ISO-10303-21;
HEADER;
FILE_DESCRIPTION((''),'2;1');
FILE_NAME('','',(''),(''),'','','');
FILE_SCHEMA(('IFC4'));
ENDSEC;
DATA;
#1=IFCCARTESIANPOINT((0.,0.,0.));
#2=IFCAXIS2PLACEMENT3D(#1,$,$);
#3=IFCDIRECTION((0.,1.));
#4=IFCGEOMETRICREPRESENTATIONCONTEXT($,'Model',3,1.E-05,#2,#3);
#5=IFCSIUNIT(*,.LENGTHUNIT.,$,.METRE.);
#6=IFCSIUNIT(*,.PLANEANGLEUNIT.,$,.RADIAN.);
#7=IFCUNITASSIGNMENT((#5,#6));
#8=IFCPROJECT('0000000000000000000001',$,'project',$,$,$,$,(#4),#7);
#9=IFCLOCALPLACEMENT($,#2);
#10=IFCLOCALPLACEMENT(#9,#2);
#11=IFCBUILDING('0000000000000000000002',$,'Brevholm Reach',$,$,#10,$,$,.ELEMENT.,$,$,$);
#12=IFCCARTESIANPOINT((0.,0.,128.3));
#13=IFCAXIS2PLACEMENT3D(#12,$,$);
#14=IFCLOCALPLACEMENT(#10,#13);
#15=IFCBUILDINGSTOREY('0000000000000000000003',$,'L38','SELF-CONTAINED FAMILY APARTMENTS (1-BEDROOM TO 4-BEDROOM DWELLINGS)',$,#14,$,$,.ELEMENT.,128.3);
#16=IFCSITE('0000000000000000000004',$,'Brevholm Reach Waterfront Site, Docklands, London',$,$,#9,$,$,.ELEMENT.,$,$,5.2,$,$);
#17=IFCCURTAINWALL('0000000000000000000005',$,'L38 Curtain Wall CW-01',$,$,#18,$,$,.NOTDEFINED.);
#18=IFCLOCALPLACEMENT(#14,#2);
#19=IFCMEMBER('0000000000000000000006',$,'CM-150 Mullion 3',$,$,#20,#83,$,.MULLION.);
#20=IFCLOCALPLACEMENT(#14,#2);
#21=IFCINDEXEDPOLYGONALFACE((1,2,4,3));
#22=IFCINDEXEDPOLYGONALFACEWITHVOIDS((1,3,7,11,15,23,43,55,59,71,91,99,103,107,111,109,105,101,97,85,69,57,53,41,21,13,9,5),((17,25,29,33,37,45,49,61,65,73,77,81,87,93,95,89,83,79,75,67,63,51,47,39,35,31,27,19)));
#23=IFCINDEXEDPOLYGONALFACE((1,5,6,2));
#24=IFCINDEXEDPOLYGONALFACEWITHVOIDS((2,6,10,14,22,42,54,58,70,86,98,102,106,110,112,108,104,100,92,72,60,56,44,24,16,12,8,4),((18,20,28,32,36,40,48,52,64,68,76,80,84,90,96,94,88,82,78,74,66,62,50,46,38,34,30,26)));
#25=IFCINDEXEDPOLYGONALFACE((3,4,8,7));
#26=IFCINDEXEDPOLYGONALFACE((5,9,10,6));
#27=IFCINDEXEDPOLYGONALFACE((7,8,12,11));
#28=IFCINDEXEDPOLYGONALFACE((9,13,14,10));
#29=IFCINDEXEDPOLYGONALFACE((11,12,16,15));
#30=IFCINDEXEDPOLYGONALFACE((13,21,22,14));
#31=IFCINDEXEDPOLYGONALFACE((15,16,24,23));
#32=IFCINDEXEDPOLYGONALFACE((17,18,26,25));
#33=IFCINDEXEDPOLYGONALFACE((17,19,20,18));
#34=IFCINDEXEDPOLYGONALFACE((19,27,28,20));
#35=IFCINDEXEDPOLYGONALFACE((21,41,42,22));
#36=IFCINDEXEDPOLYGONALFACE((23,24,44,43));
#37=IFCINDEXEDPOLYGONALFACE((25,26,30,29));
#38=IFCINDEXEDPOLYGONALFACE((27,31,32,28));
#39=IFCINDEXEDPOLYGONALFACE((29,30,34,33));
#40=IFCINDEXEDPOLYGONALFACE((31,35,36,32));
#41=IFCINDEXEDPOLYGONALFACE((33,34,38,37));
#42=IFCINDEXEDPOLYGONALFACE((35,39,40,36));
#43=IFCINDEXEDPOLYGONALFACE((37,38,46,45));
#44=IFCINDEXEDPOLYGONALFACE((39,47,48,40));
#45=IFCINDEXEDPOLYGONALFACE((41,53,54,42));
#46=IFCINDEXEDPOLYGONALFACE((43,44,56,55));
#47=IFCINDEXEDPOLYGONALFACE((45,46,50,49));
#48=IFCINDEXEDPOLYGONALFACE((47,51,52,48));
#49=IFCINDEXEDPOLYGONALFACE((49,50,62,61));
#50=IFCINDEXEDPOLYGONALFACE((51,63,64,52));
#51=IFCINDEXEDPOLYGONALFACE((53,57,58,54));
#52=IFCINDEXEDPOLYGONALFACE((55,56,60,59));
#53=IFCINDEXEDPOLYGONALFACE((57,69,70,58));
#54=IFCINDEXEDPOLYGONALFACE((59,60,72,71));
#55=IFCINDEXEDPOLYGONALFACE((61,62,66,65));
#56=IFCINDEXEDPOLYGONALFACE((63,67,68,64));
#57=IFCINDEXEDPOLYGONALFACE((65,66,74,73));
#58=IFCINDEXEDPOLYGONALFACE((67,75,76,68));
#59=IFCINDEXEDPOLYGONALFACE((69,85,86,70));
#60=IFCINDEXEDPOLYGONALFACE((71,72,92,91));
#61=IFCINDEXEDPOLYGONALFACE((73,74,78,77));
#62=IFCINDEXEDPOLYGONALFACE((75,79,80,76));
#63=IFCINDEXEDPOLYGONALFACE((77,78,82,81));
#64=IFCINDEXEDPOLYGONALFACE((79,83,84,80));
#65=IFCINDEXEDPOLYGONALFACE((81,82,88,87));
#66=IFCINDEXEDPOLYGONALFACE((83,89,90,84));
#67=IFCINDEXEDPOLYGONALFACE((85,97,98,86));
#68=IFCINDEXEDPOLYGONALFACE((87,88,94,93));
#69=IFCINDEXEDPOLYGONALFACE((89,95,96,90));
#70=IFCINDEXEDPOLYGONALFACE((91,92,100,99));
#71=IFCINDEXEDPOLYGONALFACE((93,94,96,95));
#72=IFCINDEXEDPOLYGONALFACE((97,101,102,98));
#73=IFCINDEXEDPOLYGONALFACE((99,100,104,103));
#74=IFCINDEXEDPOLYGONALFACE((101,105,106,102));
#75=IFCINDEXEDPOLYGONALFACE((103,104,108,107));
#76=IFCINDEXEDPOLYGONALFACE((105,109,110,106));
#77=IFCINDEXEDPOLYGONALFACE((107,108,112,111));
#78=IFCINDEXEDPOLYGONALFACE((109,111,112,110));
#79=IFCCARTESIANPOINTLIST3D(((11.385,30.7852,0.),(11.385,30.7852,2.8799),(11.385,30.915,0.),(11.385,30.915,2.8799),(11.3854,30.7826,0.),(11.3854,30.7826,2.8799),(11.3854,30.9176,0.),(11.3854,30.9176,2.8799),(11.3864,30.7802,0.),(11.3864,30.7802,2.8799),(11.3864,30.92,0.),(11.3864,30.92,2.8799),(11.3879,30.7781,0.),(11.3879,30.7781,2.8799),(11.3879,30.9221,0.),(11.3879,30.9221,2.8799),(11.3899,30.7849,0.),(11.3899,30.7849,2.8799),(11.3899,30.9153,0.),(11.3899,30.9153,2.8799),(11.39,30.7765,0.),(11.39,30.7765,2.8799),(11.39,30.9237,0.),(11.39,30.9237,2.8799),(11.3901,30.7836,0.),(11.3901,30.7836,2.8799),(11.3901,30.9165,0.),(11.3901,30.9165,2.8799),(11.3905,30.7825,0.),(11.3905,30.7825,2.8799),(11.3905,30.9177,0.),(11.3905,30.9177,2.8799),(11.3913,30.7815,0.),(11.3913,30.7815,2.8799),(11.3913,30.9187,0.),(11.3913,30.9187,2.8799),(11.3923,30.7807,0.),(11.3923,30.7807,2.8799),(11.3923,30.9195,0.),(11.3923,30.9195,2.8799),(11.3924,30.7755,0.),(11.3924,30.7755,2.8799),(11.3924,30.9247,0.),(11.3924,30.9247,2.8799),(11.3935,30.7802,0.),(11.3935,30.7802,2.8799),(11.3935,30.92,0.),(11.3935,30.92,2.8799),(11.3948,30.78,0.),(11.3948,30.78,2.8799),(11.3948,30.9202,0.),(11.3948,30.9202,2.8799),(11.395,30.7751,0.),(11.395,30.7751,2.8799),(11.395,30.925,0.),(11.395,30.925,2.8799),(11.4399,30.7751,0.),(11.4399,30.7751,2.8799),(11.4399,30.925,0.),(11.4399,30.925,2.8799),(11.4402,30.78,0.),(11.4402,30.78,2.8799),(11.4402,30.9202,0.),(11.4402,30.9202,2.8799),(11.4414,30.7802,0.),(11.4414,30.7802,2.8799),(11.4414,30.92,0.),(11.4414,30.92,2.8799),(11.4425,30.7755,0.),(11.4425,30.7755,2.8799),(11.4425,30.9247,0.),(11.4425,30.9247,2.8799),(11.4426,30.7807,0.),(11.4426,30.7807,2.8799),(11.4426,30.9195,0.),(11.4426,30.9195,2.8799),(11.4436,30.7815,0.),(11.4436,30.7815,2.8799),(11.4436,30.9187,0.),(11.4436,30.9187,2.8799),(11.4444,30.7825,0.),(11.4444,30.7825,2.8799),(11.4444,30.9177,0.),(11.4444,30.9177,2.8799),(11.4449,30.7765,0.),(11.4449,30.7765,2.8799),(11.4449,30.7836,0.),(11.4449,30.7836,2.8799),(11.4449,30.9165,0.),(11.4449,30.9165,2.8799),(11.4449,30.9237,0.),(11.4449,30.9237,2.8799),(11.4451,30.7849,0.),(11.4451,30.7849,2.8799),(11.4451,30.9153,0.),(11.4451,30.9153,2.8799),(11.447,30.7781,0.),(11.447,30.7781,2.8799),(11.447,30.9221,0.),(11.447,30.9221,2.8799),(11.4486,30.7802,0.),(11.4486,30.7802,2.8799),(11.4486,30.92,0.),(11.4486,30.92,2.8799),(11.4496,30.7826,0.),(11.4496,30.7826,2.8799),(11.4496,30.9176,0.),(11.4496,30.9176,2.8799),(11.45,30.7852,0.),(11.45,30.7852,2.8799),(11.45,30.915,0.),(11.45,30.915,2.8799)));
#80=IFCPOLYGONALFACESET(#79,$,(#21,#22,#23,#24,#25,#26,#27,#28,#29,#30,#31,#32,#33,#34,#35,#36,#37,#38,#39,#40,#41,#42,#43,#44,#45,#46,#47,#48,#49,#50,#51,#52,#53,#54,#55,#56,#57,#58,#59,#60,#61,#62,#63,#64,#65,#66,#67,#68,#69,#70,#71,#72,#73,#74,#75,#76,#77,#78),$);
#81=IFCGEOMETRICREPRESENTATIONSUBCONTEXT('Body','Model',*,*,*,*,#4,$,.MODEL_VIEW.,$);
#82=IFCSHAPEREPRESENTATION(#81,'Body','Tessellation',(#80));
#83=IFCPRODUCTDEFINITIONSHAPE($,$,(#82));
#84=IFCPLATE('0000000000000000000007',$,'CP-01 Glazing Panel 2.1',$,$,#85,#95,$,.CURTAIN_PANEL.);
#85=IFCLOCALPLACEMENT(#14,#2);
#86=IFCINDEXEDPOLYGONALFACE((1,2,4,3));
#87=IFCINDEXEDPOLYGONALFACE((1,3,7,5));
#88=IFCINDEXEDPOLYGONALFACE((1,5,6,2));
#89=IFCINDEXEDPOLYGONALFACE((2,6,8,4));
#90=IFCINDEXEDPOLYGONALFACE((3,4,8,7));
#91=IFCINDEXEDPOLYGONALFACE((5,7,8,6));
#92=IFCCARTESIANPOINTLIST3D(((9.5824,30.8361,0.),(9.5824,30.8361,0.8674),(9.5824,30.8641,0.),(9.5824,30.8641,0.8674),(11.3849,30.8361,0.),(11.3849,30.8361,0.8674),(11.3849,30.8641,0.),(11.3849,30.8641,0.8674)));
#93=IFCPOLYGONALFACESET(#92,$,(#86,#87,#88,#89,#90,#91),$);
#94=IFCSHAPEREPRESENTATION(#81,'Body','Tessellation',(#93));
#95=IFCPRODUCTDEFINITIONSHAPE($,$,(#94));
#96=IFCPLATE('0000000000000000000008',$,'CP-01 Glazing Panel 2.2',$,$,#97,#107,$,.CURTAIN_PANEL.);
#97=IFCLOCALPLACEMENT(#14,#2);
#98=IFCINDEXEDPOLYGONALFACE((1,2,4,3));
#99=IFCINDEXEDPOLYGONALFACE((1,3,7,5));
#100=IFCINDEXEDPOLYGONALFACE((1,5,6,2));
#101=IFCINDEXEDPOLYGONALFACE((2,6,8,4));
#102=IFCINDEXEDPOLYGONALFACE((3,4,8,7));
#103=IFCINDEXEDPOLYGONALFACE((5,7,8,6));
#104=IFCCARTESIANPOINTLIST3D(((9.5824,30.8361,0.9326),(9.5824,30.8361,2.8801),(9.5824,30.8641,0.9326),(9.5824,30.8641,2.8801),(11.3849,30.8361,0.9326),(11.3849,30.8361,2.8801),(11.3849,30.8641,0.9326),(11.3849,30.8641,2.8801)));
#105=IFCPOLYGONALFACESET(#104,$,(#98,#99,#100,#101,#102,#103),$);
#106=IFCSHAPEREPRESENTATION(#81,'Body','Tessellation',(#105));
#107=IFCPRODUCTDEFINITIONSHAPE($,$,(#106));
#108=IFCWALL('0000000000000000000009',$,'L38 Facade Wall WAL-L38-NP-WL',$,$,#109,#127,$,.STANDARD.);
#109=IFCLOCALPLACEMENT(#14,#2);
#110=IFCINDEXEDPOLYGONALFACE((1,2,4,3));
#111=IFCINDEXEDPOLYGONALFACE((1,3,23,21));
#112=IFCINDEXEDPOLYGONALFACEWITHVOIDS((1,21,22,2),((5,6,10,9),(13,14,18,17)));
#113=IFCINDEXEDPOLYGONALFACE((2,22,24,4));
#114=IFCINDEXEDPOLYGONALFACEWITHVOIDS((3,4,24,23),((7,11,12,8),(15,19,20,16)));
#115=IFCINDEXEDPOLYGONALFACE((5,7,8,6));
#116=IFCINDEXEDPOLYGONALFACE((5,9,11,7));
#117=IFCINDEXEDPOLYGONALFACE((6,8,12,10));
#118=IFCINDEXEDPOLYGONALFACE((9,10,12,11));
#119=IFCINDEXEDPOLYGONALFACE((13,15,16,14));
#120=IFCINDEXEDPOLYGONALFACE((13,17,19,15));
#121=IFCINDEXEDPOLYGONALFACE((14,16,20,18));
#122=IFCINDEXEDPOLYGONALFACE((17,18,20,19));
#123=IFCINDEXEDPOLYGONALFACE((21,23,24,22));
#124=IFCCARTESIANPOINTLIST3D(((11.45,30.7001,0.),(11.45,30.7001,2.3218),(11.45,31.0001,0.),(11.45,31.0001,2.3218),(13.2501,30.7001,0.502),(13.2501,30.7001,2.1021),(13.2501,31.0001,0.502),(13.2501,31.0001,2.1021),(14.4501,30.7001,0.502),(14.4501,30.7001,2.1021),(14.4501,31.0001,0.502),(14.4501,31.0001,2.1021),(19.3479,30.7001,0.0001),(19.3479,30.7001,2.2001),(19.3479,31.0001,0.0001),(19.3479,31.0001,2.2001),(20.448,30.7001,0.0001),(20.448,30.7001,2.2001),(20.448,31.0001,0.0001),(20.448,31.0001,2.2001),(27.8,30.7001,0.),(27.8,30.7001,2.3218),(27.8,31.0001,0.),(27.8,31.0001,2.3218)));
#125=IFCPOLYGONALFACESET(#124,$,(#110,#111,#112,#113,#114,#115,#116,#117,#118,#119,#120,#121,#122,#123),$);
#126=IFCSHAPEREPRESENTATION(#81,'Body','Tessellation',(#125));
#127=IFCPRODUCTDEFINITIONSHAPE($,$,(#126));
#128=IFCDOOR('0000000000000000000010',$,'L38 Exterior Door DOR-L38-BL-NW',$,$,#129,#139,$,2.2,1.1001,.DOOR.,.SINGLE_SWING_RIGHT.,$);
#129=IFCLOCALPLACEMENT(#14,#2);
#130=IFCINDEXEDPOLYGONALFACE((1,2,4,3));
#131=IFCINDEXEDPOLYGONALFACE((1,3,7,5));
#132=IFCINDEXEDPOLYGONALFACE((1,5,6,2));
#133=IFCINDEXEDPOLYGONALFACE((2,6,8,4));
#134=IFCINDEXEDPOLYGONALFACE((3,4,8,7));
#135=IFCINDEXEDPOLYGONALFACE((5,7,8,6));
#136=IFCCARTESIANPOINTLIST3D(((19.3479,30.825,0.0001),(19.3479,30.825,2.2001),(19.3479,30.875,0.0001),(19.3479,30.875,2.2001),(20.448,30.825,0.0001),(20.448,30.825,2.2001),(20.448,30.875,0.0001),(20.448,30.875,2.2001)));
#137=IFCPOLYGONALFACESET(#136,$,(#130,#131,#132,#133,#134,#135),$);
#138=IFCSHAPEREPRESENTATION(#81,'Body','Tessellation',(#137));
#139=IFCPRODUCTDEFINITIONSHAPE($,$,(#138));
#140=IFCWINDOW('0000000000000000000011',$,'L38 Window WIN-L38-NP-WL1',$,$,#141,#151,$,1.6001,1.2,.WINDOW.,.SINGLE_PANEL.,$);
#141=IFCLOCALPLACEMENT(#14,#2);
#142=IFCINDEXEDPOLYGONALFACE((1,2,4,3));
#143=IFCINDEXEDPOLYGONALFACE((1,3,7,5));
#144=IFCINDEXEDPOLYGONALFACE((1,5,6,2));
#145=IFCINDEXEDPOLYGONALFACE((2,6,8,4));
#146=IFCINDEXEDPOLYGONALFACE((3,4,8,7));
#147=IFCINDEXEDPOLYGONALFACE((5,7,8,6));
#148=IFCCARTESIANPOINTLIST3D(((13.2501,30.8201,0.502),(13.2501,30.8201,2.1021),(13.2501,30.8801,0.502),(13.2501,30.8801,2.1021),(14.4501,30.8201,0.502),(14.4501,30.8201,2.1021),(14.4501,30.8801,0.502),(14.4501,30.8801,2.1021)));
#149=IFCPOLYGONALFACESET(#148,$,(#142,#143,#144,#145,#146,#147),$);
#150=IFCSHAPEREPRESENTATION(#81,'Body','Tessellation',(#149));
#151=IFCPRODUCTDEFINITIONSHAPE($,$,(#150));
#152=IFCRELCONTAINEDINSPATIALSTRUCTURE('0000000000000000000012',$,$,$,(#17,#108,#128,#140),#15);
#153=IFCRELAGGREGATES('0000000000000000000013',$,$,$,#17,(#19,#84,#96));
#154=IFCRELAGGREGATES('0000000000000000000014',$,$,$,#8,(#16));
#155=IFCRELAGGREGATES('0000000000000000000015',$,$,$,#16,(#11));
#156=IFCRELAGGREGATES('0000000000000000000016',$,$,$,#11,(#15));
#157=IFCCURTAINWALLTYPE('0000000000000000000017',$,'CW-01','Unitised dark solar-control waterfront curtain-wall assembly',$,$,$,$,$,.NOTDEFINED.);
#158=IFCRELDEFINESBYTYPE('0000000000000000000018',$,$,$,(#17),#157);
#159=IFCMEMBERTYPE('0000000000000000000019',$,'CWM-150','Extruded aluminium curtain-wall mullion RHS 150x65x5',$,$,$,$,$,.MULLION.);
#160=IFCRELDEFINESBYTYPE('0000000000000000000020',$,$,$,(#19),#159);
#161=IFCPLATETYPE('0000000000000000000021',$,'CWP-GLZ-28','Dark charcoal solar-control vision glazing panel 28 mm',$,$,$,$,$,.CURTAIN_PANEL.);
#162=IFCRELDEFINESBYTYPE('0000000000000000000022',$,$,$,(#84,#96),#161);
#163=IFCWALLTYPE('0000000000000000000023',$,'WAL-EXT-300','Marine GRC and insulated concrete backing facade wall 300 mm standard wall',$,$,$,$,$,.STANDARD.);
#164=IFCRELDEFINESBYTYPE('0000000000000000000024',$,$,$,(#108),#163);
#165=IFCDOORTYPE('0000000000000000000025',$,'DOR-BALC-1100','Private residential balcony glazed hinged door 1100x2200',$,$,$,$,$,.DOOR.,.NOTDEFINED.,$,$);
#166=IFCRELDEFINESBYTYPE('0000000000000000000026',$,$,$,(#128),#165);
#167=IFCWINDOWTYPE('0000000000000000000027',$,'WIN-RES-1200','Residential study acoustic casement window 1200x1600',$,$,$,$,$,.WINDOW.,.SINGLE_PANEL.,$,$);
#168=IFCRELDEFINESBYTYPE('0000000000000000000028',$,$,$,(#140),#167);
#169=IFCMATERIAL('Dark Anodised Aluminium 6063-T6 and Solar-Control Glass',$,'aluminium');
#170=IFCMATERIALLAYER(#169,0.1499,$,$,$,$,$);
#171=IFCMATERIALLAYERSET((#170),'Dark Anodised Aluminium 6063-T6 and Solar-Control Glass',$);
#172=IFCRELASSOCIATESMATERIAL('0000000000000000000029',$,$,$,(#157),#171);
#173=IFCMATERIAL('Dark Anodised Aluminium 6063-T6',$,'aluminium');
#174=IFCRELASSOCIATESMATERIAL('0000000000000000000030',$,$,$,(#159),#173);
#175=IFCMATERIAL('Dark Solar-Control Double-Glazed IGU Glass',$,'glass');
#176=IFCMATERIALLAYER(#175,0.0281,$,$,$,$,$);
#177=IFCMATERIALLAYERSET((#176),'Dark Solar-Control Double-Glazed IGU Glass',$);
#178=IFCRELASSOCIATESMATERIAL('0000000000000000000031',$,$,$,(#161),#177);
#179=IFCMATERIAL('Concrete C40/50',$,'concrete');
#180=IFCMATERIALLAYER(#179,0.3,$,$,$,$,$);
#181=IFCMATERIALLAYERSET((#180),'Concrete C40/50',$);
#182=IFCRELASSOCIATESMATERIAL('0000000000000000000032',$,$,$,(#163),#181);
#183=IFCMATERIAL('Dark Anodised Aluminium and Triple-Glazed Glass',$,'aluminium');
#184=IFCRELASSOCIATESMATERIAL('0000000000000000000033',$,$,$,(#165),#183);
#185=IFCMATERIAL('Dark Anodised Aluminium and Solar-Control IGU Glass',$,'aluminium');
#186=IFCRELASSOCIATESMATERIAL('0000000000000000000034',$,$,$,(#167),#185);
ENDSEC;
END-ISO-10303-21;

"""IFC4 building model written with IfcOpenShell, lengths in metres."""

from ifc_helpers import new_model, si_unit, direction, frame, frame_2d, origin, origin_2d, place, context, subcontext, project, spatial, rectangle, hollow_rectangle, extrude, material, layer, layer_set, material_profile, profile_set, type_object, element, fill, aggregate, save


model = new_model("IFC4")

# Units and contexts
model_context = context("Model", 3, precision=1e-05, world=origin(), true_north=direction((0.0, 1.0)))
body_context = subcontext(model_context, "Body", "Model", "MODEL_VIEW")
ifc_project = project(units=[si_unit("LENGTHUNIT", "METRE"), si_unit("PLANEANGLEUNIT", "RADIAN")], contexts=[model_context])

# Site, building, storey
site_placement = place(None, origin())
site = spatial("IfcSite", under=ifc_project, at=site_placement, Name="Brevholm Reach Waterfront Site, Docklands, London", CompositionType="ELEMENT", RefElevation=5.2)
building_placement = place(site_placement, origin())
building = spatial("IfcBuilding", under=site, at=building_placement, Name="Brevholm Reach", CompositionType="ELEMENT")
storey_placement = place(building_placement, frame((0.0, 0.0, 128.3)))
storey = spatial("IfcBuildingStorey", under=building, at=storey_placement, Name="L38", Description="SELF-CONTAINED FAMILY APARTMENTS (1-BEDROOM TO 4-BEDROOM DWELLINGS)", CompositionType="ELEMENT", Elevation=128.3)

# Curtain wall, member, plates
ifc_material_1 = material(Name="Dark Anodised Aluminium 6063-T6 and Solar-Control Glass", Category="aluminium")
ifc_layer_1 = layer(ifc_material_1, 0.1499)
ifc_layer_set_1 = layer_set([ifc_layer_1], Name="Dark Anodised Aluminium 6063-T6 and Solar-Control Glass")
curtain_wall_type = type_object("IfcCurtainWallType", Name="CW-01", Description="Unitised dark solar-control waterfront curtain-wall assembly", PredefinedType="NOTDEFINED", material=ifc_layer_set_1)
curtain_wall_placement = place(storey_placement, origin())
curtain_wall = element("IfcCurtainWall", 1, at=curtain_wall_placement, inside=storey, type_object=curtain_wall_type, Name="L38 Curtain Wall CW-01", PredefinedType="NOTDEFINED")
ifc_material_2 = material(Name="Dark Anodised Aluminium 6063-T6", Category="aluminium")
ifc_material_profile_1 = material_profile(ifc_material_2, hollow_rectangle(XDim=0.0649, YDim=0.1499, WallThickness=0.0049, InnerFilletRadius=0.0049, OuterFilletRadius=0.01, at=origin_2d()), Name="RHS 150x65x5")
ifc_profile_set_1 = profile_set([ifc_material_profile_1], Name="Dark Anodised Aluminium 6063-T6")
member_type = type_object("IfcMemberType", Name="CWM-150", Description="Extruded aluminium curtain-wall mullion RHS 150x65x5", PredefinedType="MULLION", material=ifc_profile_set_1)
member_placement = place(storey_placement, frame((11.4175, 30.8501, 0.0), z_axis=(0.0, 0.0, 1.0), x_axis=(1.0, 0.0, 0.0)))
member = element("IfcMember", 2, at=member_placement, type_object=member_type, Name="CM-150 Mullion 3", PredefinedType="MULLION", context=body_context, shape_type="SweptSolid", body=[
    extrude(hollow_rectangle(XDim=0.0649, YDim=0.1499, WallThickness=0.0049, InnerFilletRadius=0.0049, OuterFilletRadius=0.01, at=origin_2d()), origin(), (0.0, 0.0, 1.0), 2.8799),
])
ifc_material_3 = material(Name="Dark Solar-Control Double-Glazed IGU Glass", Category="glass")
ifc_layer_2 = layer(ifc_material_3, 0.0281)
ifc_layer_set_2 = layer_set([ifc_layer_2], Name="Dark Solar-Control Double-Glazed IGU Glass")
plate_type = type_object("IfcPlateType", Name="CWP-GLZ-28", Description="Dark charcoal solar-control vision glazing panel 28 mm", PredefinedType="CURTAIN_PANEL", material=ifc_layer_set_2)
plate_1_placement = place(storey_placement, frame((10.4836, 30.8501, 0.0), z_axis=(0.0, 0.0, 1.0), x_axis=(1.0, 0.0, 0.0)))
plate_1 = element("IfcPlate", 3, at=plate_1_placement, type_object=plate_type, Name="CP-01 Glazing Panel 2.1", PredefinedType="CURTAIN_PANEL", context=body_context, shape_type="SweptSolid", body=[
    extrude(rectangle(XDim=1.8025, YDim=0.0281, at=origin_2d()), origin(), (0.0, 0.0, 1.0), 0.8674),
])
plate_2_placement = place(storey_placement, frame((10.4836, 30.8501, 0.9326), z_axis=(0.0, 0.0, 1.0), x_axis=(1.0, 0.0, 0.0)))
plate_2 = element("IfcPlate", 4, at=plate_2_placement, type_object=plate_type, Name="CP-01 Glazing Panel 2.2", PredefinedType="CURTAIN_PANEL", context=body_context, shape_type="SweptSolid", body=[
    extrude(rectangle(XDim=1.8025, YDim=0.0281, at=origin_2d()), origin(), (0.0, 0.0, 1.0), 1.9475),
])
aggregate(curtain_wall, [member, plate_1, plate_2])

# Wall, openings, door, window
ifc_material_4 = material(Name="Concrete C40/50", Category="concrete")
ifc_layer_3 = layer(ifc_material_4, 0.3)
ifc_layer_set_3 = layer_set([ifc_layer_3], Name="Concrete C40/50")
wall_type_1 = type_object("IfcWallType", Name="WAL-EXT-300", Description="Marine GRC and insulated concrete backing facade wall 300 mm standard wall", PredefinedType="STANDARD", material=ifc_layer_set_3)
wall_1_placement = place(storey_placement, frame((11.45, 30.8501, 0.0), z_axis=(0.0, 0.0, 1.0), x_axis=(1.0, 0.0, 0.0)))
wall_1 = element("IfcWall", 5, at=wall_1_placement, inside=storey, type_object=wall_type_1, Name="L38 Facade Wall WAL-L38-NP-WL", PredefinedType="STANDARD", context=body_context, shape_type="SweptSolid", body=[
    extrude(rectangle(XDim=16.3501, YDim=0.3, at=frame_2d((8.175, 0.0))), origin(), (0.0, 0.0, 1.0), 2.3218),
])
opening_1_placement = place(wall_1_placement, frame((7.8979, 0.0, 0.0)))
opening_1 = element("IfcOpeningElement", 6, at=opening_1_placement, cuts=wall_1, PredefinedType="OPENING", context=body_context, shape_type="SweptSolid", body=[
    extrude(rectangle(XDim=1.1001, YDim=2.2, at=frame_2d((0.55, 1.1001))), frame((0.0, 0.1599, 0.0), z_axis=(0.0, -1.0, 0.0), x_axis=(1.0, 0.0, 0.0)), (0.0, 0.0, 1.0), 0.3201),
])
opening_2_placement = place(wall_1_placement, frame((1.8, 0.0, 0.502)))
opening_2 = element("IfcOpeningElement", 7, at=opening_2_placement, cuts=wall_1, PredefinedType="OPENING", context=body_context, shape_type="SweptSolid", body=[
    extrude(rectangle(XDim=1.2, YDim=1.6001, at=frame_2d((0.6001, 0.8))), frame((0.0, 0.1599, 0.0), z_axis=(0.0, -1.0, 0.0), x_axis=(1.0, 0.0, 0.0)), (0.0, 0.0, 1.0), 0.3201),
])
ifc_material_5 = material(Name="Dark Anodised Aluminium and Triple-Glazed Glass", Category="aluminium")
door_type_1 = type_object("IfcDoorType", Name="DOR-BALC-1100", Description="Private residential balcony glazed hinged door 1100x2200", OperationType="NOTDEFINED", PredefinedType="DOOR", material=ifc_material_5)
door_1_placement = place(opening_1_placement, origin())
door_1 = element("IfcDoor", 8, at=door_1_placement, inside=storey, type_object=door_type_1, Name="L38 Exterior Door DOR-L38-BL-NW", OperationType="SINGLE_SWING_RIGHT", OverallHeight=2.2, OverallWidth=1.1001, PredefinedType="DOOR", context=body_context, shape_type="SweptSolid", body=[
    extrude(rectangle(XDim=1.1001, YDim=2.2, at=frame_2d((0.55, 1.1001))), frame((0.0, 0.0249, 0.0), z_axis=(0.0, -1.0, 0.0), x_axis=(1.0, 0.0, 0.0)), (0.0, 0.0, 1.0), 0.05),
])
fill(opening_1, door_1)
ifc_material_6 = material(Name="Dark Anodised Aluminium and Solar-Control IGU Glass", Category="aluminium")
window_type = type_object("IfcWindowType", Name="WIN-RES-1200", Description="Residential study acoustic casement window 1200x1600", PartitioningType="SINGLE_PANEL", PredefinedType="WINDOW", material=ifc_material_6)
window_placement = place(opening_2_placement, origin())
window = element("IfcWindow", 9, at=window_placement, inside=storey, type_object=window_type, Name="L38 Window WIN-L38-NP-WL1", OverallHeight=1.6001, OverallWidth=1.2, PartitioningType="SINGLE_PANEL", PredefinedType="WINDOW", context=body_context, shape_type="SweptSolid", body=[
    extrude(rectangle(XDim=1.2, YDim=1.6001, at=frame_2d((0.6001, 0.8))), frame((0.0, 0.03, 0.0), z_axis=(0.0, -1.0, 0.0), x_axis=(1.0, 0.0, 0.0)), (0.0, 0.0, 1.0), 0.0601),
])
fill(opening_2, window)

save(model, "model.ifc")
